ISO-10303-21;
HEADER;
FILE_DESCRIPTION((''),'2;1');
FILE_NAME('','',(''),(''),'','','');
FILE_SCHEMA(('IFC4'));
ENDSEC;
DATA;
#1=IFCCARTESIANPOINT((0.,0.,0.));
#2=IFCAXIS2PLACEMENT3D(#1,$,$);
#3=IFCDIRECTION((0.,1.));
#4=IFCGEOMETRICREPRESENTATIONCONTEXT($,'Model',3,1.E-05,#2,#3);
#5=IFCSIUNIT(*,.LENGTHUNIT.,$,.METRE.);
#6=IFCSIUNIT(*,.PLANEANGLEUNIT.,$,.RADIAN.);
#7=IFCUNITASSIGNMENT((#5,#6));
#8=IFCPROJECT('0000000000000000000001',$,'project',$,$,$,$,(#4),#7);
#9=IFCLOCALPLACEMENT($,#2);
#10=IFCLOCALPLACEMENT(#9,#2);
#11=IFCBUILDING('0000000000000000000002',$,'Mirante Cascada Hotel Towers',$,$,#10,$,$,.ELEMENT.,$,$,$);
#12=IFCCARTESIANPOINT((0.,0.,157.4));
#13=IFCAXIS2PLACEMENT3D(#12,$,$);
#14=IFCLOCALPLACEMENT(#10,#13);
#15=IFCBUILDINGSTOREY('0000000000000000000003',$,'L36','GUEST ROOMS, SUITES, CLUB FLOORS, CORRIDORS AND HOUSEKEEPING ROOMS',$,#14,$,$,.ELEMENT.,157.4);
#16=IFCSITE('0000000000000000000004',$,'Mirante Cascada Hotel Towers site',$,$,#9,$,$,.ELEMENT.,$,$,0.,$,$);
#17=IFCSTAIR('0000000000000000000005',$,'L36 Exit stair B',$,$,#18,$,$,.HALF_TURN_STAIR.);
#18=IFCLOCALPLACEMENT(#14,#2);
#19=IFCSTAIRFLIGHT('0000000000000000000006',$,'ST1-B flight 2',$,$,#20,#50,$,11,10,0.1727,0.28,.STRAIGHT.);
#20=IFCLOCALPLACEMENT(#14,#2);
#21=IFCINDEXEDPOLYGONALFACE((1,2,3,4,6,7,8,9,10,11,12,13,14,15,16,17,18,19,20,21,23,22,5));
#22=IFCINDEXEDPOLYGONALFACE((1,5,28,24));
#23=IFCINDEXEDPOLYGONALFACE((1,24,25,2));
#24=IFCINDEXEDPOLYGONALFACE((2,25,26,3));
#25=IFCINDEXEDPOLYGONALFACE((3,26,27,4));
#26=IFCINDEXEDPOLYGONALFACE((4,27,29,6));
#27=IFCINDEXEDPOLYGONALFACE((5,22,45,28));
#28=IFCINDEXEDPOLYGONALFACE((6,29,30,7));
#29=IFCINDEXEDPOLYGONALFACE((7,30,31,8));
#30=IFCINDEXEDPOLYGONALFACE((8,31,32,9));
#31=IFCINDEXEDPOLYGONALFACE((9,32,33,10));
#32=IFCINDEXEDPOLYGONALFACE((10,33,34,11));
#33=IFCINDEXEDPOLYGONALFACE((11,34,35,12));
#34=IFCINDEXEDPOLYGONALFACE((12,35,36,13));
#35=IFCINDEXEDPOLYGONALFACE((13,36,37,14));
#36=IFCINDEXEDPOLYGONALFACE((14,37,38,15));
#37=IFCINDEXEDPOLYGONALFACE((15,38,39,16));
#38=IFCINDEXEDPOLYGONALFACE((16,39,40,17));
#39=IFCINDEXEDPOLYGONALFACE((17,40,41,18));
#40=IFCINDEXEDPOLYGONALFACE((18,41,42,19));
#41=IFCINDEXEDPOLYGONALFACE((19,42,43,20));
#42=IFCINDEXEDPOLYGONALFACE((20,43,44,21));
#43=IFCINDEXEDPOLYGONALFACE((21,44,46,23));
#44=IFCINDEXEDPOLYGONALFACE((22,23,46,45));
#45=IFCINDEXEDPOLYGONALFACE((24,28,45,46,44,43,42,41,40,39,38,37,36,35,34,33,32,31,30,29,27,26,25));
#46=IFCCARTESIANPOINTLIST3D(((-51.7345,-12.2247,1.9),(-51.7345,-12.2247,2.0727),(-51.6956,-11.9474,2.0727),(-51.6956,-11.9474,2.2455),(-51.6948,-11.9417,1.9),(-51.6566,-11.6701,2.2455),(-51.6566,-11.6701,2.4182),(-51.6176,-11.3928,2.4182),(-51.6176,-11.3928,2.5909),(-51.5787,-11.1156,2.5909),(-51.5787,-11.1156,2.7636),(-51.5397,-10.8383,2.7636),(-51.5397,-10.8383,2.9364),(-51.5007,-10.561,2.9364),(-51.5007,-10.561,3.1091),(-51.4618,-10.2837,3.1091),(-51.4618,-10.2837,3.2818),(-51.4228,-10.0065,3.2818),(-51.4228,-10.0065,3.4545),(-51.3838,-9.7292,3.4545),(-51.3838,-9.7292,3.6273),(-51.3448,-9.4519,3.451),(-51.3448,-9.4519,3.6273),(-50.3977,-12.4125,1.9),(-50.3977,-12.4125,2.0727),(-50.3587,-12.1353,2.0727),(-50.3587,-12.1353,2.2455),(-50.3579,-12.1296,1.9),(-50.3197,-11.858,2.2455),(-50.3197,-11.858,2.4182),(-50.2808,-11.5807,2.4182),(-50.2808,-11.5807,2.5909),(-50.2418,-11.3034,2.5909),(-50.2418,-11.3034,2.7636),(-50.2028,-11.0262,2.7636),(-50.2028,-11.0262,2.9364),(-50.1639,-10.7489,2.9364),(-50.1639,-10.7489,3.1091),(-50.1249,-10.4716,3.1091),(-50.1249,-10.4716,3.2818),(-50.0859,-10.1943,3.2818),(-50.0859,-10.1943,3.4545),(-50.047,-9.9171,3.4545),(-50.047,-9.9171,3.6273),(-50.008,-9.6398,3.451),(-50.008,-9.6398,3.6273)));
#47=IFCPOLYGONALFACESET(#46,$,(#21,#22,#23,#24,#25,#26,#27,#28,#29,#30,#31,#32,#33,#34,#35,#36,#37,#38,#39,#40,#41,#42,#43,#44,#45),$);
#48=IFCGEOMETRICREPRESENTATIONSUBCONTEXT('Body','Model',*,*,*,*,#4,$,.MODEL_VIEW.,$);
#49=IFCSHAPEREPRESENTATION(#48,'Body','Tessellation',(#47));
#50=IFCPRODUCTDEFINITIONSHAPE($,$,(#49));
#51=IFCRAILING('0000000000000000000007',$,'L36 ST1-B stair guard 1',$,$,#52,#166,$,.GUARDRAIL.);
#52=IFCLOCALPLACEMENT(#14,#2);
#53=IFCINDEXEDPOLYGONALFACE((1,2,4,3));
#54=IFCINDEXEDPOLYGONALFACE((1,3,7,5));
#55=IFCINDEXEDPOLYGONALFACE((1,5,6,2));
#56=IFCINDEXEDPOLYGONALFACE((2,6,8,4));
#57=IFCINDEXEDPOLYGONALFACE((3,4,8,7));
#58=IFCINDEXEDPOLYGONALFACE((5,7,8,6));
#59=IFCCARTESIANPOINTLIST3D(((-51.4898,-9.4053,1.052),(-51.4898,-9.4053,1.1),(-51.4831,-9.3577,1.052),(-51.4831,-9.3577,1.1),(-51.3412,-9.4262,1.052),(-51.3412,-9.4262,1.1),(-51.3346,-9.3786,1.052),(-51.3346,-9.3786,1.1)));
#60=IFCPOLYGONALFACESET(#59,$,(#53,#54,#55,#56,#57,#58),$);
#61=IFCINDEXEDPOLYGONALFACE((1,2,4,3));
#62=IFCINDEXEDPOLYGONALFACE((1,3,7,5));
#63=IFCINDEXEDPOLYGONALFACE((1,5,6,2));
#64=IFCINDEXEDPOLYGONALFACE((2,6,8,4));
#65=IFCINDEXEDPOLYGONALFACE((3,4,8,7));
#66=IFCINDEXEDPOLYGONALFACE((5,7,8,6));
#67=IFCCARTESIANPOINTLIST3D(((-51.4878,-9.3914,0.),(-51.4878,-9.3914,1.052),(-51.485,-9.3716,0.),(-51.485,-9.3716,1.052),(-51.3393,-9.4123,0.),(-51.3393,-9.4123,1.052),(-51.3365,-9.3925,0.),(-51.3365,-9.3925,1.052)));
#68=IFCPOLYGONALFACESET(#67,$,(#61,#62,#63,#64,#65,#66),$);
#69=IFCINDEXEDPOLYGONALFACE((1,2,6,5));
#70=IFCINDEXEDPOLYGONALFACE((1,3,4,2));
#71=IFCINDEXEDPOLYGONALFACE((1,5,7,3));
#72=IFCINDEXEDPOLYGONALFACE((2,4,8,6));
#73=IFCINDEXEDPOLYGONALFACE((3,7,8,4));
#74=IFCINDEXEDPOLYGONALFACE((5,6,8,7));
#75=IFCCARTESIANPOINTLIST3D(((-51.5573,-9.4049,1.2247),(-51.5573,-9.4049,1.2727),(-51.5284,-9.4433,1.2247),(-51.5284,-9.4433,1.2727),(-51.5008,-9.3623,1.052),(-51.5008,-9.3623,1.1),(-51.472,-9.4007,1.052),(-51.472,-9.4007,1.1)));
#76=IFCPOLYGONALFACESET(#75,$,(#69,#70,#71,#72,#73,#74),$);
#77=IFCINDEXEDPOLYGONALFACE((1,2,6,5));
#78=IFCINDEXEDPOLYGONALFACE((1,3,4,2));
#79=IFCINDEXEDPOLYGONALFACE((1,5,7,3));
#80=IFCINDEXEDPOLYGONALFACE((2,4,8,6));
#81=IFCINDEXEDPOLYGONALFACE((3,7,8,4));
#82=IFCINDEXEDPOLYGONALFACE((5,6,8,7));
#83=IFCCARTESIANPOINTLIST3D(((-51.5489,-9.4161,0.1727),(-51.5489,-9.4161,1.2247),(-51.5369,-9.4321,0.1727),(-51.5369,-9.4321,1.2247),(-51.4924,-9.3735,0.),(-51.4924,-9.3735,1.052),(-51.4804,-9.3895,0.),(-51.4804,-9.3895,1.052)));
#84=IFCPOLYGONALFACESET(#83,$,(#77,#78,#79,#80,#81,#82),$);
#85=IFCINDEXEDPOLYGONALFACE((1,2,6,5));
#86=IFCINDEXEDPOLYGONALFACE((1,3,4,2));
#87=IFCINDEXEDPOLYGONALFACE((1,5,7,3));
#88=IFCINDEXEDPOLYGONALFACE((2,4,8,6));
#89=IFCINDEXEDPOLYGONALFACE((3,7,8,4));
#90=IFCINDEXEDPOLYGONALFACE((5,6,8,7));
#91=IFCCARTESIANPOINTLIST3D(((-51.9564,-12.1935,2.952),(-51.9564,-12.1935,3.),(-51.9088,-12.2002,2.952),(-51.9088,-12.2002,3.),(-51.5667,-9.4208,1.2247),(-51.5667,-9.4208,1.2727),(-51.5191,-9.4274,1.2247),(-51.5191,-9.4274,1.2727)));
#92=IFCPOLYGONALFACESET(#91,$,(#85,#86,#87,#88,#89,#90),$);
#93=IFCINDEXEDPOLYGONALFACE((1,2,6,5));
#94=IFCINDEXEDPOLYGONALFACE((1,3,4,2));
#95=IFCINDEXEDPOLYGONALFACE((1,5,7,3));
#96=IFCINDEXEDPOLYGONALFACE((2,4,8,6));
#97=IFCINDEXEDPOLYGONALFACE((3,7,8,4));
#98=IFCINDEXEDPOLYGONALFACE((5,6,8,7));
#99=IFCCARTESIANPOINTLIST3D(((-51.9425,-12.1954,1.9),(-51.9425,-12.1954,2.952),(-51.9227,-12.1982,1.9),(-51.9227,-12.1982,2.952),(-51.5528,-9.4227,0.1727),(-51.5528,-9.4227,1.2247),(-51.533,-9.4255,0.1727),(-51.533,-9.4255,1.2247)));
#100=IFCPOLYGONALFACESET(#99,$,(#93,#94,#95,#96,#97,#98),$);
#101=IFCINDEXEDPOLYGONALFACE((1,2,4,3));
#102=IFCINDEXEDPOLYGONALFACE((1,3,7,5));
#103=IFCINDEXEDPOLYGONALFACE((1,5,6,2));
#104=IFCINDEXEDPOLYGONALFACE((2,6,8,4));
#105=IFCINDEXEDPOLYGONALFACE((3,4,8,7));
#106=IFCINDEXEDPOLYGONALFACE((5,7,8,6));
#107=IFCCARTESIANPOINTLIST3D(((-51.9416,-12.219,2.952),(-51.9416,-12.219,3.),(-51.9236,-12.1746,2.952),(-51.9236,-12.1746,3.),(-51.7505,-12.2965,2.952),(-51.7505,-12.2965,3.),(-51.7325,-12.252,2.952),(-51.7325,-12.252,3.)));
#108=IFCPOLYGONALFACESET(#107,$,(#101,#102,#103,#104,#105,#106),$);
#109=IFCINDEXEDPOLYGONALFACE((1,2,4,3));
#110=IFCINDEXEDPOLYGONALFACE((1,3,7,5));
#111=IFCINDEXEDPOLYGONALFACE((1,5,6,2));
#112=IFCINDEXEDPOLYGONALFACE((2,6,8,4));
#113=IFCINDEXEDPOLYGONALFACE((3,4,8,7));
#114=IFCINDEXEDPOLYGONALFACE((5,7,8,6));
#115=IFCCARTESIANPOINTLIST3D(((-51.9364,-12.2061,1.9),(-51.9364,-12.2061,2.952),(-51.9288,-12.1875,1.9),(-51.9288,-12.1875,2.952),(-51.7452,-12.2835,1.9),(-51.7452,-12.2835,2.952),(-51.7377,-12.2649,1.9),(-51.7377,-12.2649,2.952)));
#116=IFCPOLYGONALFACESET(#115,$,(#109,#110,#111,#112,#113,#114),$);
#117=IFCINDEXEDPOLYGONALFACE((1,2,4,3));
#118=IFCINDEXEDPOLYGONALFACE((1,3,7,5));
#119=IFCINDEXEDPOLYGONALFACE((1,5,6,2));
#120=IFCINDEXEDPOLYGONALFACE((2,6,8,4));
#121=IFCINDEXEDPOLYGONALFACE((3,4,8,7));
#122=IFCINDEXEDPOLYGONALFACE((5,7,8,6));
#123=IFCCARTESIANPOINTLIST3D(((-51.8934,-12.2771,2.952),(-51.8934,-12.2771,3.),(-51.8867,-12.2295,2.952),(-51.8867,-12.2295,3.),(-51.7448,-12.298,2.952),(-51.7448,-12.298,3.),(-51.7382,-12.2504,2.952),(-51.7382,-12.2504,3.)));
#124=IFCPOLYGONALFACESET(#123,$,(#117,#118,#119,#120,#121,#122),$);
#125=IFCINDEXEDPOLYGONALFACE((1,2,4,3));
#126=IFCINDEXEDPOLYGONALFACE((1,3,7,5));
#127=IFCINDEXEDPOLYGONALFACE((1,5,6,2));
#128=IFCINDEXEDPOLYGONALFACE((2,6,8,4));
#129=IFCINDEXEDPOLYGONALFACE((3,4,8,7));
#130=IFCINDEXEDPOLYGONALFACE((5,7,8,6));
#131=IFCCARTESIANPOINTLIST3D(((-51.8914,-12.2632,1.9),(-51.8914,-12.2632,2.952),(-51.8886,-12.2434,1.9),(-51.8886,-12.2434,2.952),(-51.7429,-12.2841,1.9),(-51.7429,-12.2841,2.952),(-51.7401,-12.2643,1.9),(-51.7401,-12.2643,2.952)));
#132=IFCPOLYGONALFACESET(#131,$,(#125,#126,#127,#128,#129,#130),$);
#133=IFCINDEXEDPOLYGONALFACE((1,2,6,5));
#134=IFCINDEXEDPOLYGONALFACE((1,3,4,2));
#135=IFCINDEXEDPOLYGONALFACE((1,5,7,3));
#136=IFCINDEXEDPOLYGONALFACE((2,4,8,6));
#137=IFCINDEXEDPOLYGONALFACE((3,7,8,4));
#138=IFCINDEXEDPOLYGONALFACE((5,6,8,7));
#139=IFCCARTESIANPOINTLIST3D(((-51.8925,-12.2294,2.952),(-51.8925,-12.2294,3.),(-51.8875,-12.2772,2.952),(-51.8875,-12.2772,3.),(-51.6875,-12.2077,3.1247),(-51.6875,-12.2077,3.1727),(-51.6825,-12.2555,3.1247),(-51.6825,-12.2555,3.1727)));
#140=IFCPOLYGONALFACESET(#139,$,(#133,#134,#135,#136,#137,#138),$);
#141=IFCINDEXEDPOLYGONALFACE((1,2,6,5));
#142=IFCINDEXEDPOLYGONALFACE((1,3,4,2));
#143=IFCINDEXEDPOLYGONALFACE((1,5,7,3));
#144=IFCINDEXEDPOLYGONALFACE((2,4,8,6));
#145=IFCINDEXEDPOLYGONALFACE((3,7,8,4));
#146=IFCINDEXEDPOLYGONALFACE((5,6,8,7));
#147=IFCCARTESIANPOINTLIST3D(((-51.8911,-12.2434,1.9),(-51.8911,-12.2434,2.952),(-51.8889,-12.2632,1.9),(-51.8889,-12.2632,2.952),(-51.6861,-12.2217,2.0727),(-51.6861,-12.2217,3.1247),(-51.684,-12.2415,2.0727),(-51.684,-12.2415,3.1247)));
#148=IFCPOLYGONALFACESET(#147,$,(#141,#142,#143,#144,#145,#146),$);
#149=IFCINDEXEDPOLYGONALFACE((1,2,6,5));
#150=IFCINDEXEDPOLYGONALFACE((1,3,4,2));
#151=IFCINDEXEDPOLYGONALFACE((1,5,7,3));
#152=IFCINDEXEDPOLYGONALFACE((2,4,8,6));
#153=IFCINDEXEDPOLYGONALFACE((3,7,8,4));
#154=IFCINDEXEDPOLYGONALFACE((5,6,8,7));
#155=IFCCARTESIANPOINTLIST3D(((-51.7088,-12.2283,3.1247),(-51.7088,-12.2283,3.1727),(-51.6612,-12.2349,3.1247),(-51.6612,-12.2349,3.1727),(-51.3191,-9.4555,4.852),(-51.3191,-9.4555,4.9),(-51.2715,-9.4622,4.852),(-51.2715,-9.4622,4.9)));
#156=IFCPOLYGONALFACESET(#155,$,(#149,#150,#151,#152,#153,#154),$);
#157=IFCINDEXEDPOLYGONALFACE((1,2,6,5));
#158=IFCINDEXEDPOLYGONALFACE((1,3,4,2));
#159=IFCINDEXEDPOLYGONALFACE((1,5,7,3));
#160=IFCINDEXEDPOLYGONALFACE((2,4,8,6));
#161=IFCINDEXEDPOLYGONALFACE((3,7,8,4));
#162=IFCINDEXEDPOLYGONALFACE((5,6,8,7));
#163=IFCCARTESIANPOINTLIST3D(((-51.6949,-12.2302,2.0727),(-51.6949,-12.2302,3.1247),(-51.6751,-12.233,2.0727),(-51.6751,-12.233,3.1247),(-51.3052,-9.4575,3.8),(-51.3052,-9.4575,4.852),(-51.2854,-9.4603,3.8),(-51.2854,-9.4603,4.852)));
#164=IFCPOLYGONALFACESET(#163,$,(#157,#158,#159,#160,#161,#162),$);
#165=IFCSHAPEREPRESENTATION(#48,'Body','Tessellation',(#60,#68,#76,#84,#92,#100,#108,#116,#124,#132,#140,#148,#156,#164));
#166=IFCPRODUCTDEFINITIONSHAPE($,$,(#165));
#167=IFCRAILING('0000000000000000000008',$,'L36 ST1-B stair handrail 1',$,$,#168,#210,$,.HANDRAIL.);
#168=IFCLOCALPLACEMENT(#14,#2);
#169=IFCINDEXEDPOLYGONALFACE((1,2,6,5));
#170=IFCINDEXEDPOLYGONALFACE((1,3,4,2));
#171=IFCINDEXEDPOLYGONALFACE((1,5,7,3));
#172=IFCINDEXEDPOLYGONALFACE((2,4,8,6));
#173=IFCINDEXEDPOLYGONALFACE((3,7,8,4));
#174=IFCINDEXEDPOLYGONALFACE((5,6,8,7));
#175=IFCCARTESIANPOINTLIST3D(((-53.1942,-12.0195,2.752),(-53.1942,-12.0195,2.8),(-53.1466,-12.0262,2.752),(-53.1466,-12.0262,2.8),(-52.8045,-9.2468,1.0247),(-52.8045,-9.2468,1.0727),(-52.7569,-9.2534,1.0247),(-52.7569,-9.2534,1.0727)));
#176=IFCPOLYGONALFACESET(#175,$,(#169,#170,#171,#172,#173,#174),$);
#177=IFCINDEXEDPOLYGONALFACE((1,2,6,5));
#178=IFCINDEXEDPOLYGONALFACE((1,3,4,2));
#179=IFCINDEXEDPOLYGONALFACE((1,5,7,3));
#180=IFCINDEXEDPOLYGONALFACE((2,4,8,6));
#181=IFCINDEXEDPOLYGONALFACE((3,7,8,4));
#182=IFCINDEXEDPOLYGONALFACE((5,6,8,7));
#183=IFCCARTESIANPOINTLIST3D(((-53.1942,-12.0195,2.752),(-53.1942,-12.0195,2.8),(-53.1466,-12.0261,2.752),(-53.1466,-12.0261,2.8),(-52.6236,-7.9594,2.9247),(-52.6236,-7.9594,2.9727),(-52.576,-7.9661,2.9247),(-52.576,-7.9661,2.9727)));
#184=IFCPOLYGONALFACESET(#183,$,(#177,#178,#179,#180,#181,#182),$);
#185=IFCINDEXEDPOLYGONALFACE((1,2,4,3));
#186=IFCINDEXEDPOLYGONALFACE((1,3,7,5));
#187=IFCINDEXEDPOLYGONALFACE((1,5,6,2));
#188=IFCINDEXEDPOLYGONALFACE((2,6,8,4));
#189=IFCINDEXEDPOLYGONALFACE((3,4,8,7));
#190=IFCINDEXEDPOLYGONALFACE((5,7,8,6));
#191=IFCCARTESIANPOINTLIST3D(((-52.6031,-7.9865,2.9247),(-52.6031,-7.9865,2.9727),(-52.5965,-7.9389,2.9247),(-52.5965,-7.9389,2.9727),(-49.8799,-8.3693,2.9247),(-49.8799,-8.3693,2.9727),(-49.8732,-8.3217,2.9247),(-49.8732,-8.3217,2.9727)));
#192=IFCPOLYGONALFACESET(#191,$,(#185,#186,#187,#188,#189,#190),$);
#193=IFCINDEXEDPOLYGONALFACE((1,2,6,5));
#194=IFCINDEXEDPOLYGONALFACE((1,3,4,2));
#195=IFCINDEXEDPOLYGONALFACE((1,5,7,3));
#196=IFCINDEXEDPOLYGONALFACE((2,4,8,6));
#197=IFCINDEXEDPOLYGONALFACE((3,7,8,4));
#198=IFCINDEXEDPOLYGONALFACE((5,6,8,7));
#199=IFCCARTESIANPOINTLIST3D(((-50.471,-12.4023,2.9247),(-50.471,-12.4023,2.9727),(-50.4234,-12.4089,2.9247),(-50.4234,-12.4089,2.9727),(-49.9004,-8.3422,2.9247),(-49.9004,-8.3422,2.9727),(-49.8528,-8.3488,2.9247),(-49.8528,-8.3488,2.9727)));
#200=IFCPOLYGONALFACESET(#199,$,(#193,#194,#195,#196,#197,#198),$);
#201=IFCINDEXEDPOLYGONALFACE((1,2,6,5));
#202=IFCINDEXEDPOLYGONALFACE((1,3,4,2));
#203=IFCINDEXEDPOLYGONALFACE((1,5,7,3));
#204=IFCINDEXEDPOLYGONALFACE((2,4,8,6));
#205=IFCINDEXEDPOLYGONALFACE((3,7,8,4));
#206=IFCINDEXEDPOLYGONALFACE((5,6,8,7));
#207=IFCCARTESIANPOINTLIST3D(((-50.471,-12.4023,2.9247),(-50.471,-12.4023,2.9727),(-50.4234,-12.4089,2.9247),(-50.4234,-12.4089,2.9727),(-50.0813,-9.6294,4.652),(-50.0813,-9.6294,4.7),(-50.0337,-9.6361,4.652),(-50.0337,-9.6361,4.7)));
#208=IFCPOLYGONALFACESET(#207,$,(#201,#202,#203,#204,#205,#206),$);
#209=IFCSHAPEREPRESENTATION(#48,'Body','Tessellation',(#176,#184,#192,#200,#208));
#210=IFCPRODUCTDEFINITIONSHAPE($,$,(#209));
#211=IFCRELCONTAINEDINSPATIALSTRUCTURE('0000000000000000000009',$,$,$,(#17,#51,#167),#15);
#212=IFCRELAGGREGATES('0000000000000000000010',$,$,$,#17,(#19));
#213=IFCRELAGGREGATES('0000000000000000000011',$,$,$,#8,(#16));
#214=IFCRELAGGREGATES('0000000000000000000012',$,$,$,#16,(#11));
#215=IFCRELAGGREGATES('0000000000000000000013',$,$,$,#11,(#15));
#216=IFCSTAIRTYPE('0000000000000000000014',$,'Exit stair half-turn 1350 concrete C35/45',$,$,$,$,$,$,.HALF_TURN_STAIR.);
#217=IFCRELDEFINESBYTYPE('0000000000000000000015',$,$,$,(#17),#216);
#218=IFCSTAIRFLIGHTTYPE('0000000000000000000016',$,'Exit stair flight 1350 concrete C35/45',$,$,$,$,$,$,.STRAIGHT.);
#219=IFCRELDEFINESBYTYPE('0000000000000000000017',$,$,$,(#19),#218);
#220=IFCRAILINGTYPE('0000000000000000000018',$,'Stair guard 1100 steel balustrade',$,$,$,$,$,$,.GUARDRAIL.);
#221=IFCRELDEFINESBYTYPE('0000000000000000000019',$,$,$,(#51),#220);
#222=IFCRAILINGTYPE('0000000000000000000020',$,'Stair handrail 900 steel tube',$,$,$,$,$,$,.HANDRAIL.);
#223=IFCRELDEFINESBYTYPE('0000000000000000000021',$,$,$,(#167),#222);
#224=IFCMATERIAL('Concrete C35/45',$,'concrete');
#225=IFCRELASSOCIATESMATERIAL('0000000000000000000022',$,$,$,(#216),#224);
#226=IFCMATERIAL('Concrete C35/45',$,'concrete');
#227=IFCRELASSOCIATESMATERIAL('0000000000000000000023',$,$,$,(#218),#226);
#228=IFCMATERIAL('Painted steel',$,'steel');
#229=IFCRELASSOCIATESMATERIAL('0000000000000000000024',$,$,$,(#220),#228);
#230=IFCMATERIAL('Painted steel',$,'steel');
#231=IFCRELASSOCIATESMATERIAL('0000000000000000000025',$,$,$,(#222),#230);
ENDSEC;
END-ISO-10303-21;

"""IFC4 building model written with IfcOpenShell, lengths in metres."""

from ifc_helpers import new_model, si_unit, direction, frame, origin, origin_2d, place, context, subcontext, project, spatial, polyline, rectangle, outline, extrude, material, type_object, element, aggregate, save


model = new_model("IFC4")

# Units and contexts
model_context = context("Model", 3, precision=1e-05, world=origin(), true_north=direction((0.0, 1.0)))
body_context = subcontext(model_context, "Body", "Model", "MODEL_VIEW")
ifc_project = project(units=[si_unit("LENGTHUNIT", "METRE"), si_unit("PLANEANGLEUNIT", "RADIAN")], contexts=[model_context])

# Site, building, storey
site_placement = place(None, origin())
site = spatial("IfcSite", under=ifc_project, at=site_placement, Name="Mirante Cascada Hotel Towers site", CompositionType="ELEMENT", RefElevation=0.0)
building_placement = place(site_placement, origin())
building = spatial("IfcBuilding", under=site, at=building_placement, Name="Mirante Cascada Hotel Towers", CompositionType="ELEMENT")
storey_placement = place(building_placement, frame((0.0, 0.0, 157.4)))
storey = spatial("IfcBuildingStorey", under=building, at=storey_placement, Name="L36", Description="GUEST ROOMS, SUITES, CLUB FLOORS, CORRIDORS AND HOUSEKEEPING ROOMS", CompositionType="ELEMENT", Elevation=157.4)

# Stair, stair flight
ifc_material_1 = material(Name="Concrete C35/45", Category="concrete")
stair_type = type_object("IfcStairType", Name="Exit stair half-turn 1350 concrete C35/45", PredefinedType="HALF_TURN_STAIR", material=ifc_material_1)
stair_placement = place(storey_placement, origin())
stair = element("IfcStair", 1, at=stair_placement, inside=storey, type_object=stair_type, Name="L36 Exit stair B", PredefinedType="HALF_TURN_STAIR")
ifc_material_2 = material(Name="Concrete C35/45", Category="concrete")
stair_flight_type = type_object("IfcStairFlightType", Name="Exit stair flight 1350 concrete C35/45", PredefinedType="STRAIGHT", material=ifc_material_2)
stair_flight_1_placement = place(storey_placement, frame((-51.0661, -12.3186, 1.9), z_axis=(0.0, 0.0, 1.0), x_axis=(0.139173, 0.990268, 0.0)))
stair_flight_1 = element("IfcStairFlight", 2, at=stair_flight_1_placement, type_object=stair_flight_type, Name="ST1-B flight 2", NumberOfRisers=11, NumberOfTreads=10, PredefinedType="STRAIGHT", RiserHeight=0.1727, TreadLength=0.28, context=body_context, shape_type="SweptSolid", body=[
    extrude(outline(polyline([(0.0, 0.0), (0.0, 0.1727), (0.28, 0.1727), (0.28, 0.3455), (0.56, 0.3455), (0.56, 0.5182), (0.84, 0.5182), (0.84, 0.6909), (1.12, 0.6909), (1.12, 0.8636), (1.4, 0.8636), (1.4, 1.0364), (1.68, 1.0364), (1.68, 1.2091), (1.96, 1.2091), (1.96, 1.3818), (2.24, 1.3818), (2.24, 1.5545), (2.52, 1.5545), (2.52, 1.7273), (2.8, 1.7273), (2.8, 1.9), (2.8, 1.551), (0.2857, 0.0), (0.0, 0.0)])), frame((0.0, 0.675, 0.0), z_axis=(0.0, -1.0, 0.0), x_axis=(1.0, 0.0, 0.0)), (0.0, 0.0, 1.0), 1.35),
])
aggregate(stair, [stair_flight_1])

# Railings
ifc_material_3 = material(Name="Painted steel", Category="steel")
railing_type_1 = type_object("IfcRailingType", Name="Stair guard 1100 steel balustrade", PredefinedType="GUARDRAIL", material=ifc_material_3)
railing_1_placement = place(storey_placement, frame((-51.3379, -9.4024, 0.0)))
element("IfcRailing", 3, at=railing_1_placement, inside=storey, type_object=railing_type_1, Name="L36 ST1-B stair guard 1", PredefinedType="GUARDRAIL", context=body_context, shape_type="SweptSolid", body=[
    extrude(rectangle(XDim=0.048, YDim=0.048, at=origin_2d()), frame((0.0, 0.0, 1.076), z_axis=(-0.990241, 0.139367, 0.0), x_axis=(-0.139367, -0.990241, 0.0)), (0.0, 0.0, 1.0), 0.15),
    extrude(rectangle(XDim=0.02, YDim=1.052, at=origin_2d()), frame((0.0, 0.0, 0.526), z_axis=(-0.990241, 0.139367, 0.0), x_axis=(-0.139367, -0.990241, 0.0)), (0.0, 0.0, 1.0), 0.15),
    extrude(rectangle(XDim=0.048, YDim=0.048, at=origin_2d()), frame((-0.1485, 0.0209, 1.076), z_axis=(-0.798471, -0.602033, 0.0), x_axis=(0.602033, -0.798471, 0.0)), (0.0, 0.92534, 0.379139), 0.1866),
    extrude(rectangle(XDim=0.02, YDim=1.052, at=origin_2d()), frame((-0.1485, 0.0209, 0.526), z_axis=(-0.798471, -0.602033, 0.0), x_axis=(0.602033, -0.798471, 0.0)), (0.0, 0.92534, 0.379139), 0.1866),
    extrude(rectangle(XDim=0.048, YDim=0.048, at=origin_2d()), frame((-0.205, -0.0217, 1.2487), z_axis=(-0.139181, -0.990267, 0.0), x_axis=(0.990267, -0.139181, 0.0)), (0.0, 0.525035, 0.851081), 3.2899),
    extrude(rectangle(XDim=0.02, YDim=1.052, at=origin_2d()), frame((-0.205, -0.0217, 0.6987), z_axis=(-0.139181, -0.990267, 0.0), x_axis=(0.990267, -0.139181, 0.0)), (0.0, 0.525035, 0.851081), 3.2899),
    extrude(rectangle(XDim=0.048, YDim=0.048, at=origin_2d()), frame((-0.5947, -2.7944, 2.976), z_axis=(0.926862, -0.375401, 0.0), x_axis=(0.375401, 0.926862, 0.0)), (0.0, 0.0, 1.0), 0.2062),
    extrude(rectangle(XDim=0.02, YDim=1.052, at=origin_2d()), frame((-0.5947, -2.7944, 2.426), z_axis=(0.926862, -0.375401, 0.0), x_axis=(0.375401, 0.926862, 0.0)), (0.0, 0.0, 1.0), 0.2062),
    extrude(rectangle(XDim=0.048, YDim=0.048, at=origin_2d()), frame((-0.4036, -2.8718, 2.976), z_axis=(-0.990241, 0.139367, 0.0), x_axis=(-0.139367, -0.990241, 0.0)), (0.0, 0.0, 1.0), 0.15),
    extrude(rectangle(XDim=0.02, YDim=1.052, at=origin_2d()), frame((-0.4036, -2.8718, 2.426), z_axis=(-0.990241, 0.139367, 0.0), x_axis=(-0.139367, -0.990241, 0.0)), (0.0, 0.0, 1.0), 0.15),
    extrude(rectangle(XDim=0.048, YDim=0.048, at=origin_2d()), frame((-0.5521, -2.8509, 2.976), z_axis=(0.994444, 0.105266, 0.0), x_axis=(-0.105266, 0.994444, 0.0)), (0.0, 0.642184, 0.76655), 0.2689),
    extrude(rectangle(XDim=0.02, YDim=1.052, at=origin_2d()), frame((-0.5521, -2.8509, 2.426), z_axis=(0.994444, 0.105266, 0.0), x_axis=(-0.105266, 0.994444, 0.0)), (0.0, 0.642184, 0.76655), 0.2689),
    extrude(rectangle(XDim=0.048, YDim=0.048, at=origin_2d()), frame((-0.3471, -2.8292, 3.1487), z_axis=(0.139181, 0.990267, 0.0), x_axis=(-0.990267, 0.139181, 0.0)), (0.0, 0.525035, 0.851081), 3.2899),
    extrude(rectangle(XDim=0.02, YDim=1.052, at=origin_2d()), frame((-0.3471, -2.8292, 2.5987), z_axis=(0.139181, 0.990267, 0.0), x_axis=(-0.990267, 0.139181, 0.0)), (0.0, 0.525035, 0.851081), 3.2899),
])
ifc_material_4 = material(Name="Painted steel", Category="steel")
railing_type_2 = type_object("IfcRailingType", Name="Stair handrail 900 steel tube", PredefinedType="HANDRAIL", material=ifc_material_4)
railing_2_placement = place(storey_placement, frame((-52.7807, -9.2501, 0.1727)))
element("IfcRailing", 4, at=railing_2_placement, inside=storey, type_object=railing_type_2, Name="L36 ST1-B stair handrail 1", PredefinedType="HANDRAIL", context=body_context, shape_type="SweptSolid", body=[
    extrude(rectangle(XDim=0.048, YDim=0.048, at=origin_2d()), frame((0.0, 0.0, 0.876), z_axis=(-0.139181, -0.990267, 0.0), x_axis=(0.990267, -0.139181, 0.0)), (0.0, 0.525035, 0.851081), 3.2899),
    extrude(rectangle(XDim=0.048, YDim=0.048, at=origin_2d()), frame((-0.3897, -2.7727, 2.6033), z_axis=(0.139171, 0.990268, 0.0), x_axis=(-0.990268, 0.139171, 0.0)), (0.0, 0.042085, 0.999114), 4.1036),
    extrude(rectangle(XDim=0.048, YDim=0.048, at=origin_2d()), frame((0.1809, 1.2874, 2.776), z_axis=(0.990264, -0.139201, 0.0), x_axis=(0.139201, 0.990264, 0.0)), (0.0, 0.0, 1.0), 2.75),
    extrude(rectangle(XDim=0.048, YDim=0.048, at=origin_2d()), frame((2.9041, 0.9046, 2.776), z_axis=(-0.139171, -0.990268, 0.0), x_axis=(0.990268, -0.139171, 0.0)), (0.0, 0.0, 1.0), 4.1),
    extrude(rectangle(XDim=0.048, YDim=0.048, at=origin_2d()), frame((2.3335, -3.1555, 2.776), z_axis=(0.139176, 0.990268, 0.0), x_axis=(-0.990268, 0.139176, 0.0)), (0.0, 0.525021, 0.851089), 3.29),
])

save(model, "model.ifc")
